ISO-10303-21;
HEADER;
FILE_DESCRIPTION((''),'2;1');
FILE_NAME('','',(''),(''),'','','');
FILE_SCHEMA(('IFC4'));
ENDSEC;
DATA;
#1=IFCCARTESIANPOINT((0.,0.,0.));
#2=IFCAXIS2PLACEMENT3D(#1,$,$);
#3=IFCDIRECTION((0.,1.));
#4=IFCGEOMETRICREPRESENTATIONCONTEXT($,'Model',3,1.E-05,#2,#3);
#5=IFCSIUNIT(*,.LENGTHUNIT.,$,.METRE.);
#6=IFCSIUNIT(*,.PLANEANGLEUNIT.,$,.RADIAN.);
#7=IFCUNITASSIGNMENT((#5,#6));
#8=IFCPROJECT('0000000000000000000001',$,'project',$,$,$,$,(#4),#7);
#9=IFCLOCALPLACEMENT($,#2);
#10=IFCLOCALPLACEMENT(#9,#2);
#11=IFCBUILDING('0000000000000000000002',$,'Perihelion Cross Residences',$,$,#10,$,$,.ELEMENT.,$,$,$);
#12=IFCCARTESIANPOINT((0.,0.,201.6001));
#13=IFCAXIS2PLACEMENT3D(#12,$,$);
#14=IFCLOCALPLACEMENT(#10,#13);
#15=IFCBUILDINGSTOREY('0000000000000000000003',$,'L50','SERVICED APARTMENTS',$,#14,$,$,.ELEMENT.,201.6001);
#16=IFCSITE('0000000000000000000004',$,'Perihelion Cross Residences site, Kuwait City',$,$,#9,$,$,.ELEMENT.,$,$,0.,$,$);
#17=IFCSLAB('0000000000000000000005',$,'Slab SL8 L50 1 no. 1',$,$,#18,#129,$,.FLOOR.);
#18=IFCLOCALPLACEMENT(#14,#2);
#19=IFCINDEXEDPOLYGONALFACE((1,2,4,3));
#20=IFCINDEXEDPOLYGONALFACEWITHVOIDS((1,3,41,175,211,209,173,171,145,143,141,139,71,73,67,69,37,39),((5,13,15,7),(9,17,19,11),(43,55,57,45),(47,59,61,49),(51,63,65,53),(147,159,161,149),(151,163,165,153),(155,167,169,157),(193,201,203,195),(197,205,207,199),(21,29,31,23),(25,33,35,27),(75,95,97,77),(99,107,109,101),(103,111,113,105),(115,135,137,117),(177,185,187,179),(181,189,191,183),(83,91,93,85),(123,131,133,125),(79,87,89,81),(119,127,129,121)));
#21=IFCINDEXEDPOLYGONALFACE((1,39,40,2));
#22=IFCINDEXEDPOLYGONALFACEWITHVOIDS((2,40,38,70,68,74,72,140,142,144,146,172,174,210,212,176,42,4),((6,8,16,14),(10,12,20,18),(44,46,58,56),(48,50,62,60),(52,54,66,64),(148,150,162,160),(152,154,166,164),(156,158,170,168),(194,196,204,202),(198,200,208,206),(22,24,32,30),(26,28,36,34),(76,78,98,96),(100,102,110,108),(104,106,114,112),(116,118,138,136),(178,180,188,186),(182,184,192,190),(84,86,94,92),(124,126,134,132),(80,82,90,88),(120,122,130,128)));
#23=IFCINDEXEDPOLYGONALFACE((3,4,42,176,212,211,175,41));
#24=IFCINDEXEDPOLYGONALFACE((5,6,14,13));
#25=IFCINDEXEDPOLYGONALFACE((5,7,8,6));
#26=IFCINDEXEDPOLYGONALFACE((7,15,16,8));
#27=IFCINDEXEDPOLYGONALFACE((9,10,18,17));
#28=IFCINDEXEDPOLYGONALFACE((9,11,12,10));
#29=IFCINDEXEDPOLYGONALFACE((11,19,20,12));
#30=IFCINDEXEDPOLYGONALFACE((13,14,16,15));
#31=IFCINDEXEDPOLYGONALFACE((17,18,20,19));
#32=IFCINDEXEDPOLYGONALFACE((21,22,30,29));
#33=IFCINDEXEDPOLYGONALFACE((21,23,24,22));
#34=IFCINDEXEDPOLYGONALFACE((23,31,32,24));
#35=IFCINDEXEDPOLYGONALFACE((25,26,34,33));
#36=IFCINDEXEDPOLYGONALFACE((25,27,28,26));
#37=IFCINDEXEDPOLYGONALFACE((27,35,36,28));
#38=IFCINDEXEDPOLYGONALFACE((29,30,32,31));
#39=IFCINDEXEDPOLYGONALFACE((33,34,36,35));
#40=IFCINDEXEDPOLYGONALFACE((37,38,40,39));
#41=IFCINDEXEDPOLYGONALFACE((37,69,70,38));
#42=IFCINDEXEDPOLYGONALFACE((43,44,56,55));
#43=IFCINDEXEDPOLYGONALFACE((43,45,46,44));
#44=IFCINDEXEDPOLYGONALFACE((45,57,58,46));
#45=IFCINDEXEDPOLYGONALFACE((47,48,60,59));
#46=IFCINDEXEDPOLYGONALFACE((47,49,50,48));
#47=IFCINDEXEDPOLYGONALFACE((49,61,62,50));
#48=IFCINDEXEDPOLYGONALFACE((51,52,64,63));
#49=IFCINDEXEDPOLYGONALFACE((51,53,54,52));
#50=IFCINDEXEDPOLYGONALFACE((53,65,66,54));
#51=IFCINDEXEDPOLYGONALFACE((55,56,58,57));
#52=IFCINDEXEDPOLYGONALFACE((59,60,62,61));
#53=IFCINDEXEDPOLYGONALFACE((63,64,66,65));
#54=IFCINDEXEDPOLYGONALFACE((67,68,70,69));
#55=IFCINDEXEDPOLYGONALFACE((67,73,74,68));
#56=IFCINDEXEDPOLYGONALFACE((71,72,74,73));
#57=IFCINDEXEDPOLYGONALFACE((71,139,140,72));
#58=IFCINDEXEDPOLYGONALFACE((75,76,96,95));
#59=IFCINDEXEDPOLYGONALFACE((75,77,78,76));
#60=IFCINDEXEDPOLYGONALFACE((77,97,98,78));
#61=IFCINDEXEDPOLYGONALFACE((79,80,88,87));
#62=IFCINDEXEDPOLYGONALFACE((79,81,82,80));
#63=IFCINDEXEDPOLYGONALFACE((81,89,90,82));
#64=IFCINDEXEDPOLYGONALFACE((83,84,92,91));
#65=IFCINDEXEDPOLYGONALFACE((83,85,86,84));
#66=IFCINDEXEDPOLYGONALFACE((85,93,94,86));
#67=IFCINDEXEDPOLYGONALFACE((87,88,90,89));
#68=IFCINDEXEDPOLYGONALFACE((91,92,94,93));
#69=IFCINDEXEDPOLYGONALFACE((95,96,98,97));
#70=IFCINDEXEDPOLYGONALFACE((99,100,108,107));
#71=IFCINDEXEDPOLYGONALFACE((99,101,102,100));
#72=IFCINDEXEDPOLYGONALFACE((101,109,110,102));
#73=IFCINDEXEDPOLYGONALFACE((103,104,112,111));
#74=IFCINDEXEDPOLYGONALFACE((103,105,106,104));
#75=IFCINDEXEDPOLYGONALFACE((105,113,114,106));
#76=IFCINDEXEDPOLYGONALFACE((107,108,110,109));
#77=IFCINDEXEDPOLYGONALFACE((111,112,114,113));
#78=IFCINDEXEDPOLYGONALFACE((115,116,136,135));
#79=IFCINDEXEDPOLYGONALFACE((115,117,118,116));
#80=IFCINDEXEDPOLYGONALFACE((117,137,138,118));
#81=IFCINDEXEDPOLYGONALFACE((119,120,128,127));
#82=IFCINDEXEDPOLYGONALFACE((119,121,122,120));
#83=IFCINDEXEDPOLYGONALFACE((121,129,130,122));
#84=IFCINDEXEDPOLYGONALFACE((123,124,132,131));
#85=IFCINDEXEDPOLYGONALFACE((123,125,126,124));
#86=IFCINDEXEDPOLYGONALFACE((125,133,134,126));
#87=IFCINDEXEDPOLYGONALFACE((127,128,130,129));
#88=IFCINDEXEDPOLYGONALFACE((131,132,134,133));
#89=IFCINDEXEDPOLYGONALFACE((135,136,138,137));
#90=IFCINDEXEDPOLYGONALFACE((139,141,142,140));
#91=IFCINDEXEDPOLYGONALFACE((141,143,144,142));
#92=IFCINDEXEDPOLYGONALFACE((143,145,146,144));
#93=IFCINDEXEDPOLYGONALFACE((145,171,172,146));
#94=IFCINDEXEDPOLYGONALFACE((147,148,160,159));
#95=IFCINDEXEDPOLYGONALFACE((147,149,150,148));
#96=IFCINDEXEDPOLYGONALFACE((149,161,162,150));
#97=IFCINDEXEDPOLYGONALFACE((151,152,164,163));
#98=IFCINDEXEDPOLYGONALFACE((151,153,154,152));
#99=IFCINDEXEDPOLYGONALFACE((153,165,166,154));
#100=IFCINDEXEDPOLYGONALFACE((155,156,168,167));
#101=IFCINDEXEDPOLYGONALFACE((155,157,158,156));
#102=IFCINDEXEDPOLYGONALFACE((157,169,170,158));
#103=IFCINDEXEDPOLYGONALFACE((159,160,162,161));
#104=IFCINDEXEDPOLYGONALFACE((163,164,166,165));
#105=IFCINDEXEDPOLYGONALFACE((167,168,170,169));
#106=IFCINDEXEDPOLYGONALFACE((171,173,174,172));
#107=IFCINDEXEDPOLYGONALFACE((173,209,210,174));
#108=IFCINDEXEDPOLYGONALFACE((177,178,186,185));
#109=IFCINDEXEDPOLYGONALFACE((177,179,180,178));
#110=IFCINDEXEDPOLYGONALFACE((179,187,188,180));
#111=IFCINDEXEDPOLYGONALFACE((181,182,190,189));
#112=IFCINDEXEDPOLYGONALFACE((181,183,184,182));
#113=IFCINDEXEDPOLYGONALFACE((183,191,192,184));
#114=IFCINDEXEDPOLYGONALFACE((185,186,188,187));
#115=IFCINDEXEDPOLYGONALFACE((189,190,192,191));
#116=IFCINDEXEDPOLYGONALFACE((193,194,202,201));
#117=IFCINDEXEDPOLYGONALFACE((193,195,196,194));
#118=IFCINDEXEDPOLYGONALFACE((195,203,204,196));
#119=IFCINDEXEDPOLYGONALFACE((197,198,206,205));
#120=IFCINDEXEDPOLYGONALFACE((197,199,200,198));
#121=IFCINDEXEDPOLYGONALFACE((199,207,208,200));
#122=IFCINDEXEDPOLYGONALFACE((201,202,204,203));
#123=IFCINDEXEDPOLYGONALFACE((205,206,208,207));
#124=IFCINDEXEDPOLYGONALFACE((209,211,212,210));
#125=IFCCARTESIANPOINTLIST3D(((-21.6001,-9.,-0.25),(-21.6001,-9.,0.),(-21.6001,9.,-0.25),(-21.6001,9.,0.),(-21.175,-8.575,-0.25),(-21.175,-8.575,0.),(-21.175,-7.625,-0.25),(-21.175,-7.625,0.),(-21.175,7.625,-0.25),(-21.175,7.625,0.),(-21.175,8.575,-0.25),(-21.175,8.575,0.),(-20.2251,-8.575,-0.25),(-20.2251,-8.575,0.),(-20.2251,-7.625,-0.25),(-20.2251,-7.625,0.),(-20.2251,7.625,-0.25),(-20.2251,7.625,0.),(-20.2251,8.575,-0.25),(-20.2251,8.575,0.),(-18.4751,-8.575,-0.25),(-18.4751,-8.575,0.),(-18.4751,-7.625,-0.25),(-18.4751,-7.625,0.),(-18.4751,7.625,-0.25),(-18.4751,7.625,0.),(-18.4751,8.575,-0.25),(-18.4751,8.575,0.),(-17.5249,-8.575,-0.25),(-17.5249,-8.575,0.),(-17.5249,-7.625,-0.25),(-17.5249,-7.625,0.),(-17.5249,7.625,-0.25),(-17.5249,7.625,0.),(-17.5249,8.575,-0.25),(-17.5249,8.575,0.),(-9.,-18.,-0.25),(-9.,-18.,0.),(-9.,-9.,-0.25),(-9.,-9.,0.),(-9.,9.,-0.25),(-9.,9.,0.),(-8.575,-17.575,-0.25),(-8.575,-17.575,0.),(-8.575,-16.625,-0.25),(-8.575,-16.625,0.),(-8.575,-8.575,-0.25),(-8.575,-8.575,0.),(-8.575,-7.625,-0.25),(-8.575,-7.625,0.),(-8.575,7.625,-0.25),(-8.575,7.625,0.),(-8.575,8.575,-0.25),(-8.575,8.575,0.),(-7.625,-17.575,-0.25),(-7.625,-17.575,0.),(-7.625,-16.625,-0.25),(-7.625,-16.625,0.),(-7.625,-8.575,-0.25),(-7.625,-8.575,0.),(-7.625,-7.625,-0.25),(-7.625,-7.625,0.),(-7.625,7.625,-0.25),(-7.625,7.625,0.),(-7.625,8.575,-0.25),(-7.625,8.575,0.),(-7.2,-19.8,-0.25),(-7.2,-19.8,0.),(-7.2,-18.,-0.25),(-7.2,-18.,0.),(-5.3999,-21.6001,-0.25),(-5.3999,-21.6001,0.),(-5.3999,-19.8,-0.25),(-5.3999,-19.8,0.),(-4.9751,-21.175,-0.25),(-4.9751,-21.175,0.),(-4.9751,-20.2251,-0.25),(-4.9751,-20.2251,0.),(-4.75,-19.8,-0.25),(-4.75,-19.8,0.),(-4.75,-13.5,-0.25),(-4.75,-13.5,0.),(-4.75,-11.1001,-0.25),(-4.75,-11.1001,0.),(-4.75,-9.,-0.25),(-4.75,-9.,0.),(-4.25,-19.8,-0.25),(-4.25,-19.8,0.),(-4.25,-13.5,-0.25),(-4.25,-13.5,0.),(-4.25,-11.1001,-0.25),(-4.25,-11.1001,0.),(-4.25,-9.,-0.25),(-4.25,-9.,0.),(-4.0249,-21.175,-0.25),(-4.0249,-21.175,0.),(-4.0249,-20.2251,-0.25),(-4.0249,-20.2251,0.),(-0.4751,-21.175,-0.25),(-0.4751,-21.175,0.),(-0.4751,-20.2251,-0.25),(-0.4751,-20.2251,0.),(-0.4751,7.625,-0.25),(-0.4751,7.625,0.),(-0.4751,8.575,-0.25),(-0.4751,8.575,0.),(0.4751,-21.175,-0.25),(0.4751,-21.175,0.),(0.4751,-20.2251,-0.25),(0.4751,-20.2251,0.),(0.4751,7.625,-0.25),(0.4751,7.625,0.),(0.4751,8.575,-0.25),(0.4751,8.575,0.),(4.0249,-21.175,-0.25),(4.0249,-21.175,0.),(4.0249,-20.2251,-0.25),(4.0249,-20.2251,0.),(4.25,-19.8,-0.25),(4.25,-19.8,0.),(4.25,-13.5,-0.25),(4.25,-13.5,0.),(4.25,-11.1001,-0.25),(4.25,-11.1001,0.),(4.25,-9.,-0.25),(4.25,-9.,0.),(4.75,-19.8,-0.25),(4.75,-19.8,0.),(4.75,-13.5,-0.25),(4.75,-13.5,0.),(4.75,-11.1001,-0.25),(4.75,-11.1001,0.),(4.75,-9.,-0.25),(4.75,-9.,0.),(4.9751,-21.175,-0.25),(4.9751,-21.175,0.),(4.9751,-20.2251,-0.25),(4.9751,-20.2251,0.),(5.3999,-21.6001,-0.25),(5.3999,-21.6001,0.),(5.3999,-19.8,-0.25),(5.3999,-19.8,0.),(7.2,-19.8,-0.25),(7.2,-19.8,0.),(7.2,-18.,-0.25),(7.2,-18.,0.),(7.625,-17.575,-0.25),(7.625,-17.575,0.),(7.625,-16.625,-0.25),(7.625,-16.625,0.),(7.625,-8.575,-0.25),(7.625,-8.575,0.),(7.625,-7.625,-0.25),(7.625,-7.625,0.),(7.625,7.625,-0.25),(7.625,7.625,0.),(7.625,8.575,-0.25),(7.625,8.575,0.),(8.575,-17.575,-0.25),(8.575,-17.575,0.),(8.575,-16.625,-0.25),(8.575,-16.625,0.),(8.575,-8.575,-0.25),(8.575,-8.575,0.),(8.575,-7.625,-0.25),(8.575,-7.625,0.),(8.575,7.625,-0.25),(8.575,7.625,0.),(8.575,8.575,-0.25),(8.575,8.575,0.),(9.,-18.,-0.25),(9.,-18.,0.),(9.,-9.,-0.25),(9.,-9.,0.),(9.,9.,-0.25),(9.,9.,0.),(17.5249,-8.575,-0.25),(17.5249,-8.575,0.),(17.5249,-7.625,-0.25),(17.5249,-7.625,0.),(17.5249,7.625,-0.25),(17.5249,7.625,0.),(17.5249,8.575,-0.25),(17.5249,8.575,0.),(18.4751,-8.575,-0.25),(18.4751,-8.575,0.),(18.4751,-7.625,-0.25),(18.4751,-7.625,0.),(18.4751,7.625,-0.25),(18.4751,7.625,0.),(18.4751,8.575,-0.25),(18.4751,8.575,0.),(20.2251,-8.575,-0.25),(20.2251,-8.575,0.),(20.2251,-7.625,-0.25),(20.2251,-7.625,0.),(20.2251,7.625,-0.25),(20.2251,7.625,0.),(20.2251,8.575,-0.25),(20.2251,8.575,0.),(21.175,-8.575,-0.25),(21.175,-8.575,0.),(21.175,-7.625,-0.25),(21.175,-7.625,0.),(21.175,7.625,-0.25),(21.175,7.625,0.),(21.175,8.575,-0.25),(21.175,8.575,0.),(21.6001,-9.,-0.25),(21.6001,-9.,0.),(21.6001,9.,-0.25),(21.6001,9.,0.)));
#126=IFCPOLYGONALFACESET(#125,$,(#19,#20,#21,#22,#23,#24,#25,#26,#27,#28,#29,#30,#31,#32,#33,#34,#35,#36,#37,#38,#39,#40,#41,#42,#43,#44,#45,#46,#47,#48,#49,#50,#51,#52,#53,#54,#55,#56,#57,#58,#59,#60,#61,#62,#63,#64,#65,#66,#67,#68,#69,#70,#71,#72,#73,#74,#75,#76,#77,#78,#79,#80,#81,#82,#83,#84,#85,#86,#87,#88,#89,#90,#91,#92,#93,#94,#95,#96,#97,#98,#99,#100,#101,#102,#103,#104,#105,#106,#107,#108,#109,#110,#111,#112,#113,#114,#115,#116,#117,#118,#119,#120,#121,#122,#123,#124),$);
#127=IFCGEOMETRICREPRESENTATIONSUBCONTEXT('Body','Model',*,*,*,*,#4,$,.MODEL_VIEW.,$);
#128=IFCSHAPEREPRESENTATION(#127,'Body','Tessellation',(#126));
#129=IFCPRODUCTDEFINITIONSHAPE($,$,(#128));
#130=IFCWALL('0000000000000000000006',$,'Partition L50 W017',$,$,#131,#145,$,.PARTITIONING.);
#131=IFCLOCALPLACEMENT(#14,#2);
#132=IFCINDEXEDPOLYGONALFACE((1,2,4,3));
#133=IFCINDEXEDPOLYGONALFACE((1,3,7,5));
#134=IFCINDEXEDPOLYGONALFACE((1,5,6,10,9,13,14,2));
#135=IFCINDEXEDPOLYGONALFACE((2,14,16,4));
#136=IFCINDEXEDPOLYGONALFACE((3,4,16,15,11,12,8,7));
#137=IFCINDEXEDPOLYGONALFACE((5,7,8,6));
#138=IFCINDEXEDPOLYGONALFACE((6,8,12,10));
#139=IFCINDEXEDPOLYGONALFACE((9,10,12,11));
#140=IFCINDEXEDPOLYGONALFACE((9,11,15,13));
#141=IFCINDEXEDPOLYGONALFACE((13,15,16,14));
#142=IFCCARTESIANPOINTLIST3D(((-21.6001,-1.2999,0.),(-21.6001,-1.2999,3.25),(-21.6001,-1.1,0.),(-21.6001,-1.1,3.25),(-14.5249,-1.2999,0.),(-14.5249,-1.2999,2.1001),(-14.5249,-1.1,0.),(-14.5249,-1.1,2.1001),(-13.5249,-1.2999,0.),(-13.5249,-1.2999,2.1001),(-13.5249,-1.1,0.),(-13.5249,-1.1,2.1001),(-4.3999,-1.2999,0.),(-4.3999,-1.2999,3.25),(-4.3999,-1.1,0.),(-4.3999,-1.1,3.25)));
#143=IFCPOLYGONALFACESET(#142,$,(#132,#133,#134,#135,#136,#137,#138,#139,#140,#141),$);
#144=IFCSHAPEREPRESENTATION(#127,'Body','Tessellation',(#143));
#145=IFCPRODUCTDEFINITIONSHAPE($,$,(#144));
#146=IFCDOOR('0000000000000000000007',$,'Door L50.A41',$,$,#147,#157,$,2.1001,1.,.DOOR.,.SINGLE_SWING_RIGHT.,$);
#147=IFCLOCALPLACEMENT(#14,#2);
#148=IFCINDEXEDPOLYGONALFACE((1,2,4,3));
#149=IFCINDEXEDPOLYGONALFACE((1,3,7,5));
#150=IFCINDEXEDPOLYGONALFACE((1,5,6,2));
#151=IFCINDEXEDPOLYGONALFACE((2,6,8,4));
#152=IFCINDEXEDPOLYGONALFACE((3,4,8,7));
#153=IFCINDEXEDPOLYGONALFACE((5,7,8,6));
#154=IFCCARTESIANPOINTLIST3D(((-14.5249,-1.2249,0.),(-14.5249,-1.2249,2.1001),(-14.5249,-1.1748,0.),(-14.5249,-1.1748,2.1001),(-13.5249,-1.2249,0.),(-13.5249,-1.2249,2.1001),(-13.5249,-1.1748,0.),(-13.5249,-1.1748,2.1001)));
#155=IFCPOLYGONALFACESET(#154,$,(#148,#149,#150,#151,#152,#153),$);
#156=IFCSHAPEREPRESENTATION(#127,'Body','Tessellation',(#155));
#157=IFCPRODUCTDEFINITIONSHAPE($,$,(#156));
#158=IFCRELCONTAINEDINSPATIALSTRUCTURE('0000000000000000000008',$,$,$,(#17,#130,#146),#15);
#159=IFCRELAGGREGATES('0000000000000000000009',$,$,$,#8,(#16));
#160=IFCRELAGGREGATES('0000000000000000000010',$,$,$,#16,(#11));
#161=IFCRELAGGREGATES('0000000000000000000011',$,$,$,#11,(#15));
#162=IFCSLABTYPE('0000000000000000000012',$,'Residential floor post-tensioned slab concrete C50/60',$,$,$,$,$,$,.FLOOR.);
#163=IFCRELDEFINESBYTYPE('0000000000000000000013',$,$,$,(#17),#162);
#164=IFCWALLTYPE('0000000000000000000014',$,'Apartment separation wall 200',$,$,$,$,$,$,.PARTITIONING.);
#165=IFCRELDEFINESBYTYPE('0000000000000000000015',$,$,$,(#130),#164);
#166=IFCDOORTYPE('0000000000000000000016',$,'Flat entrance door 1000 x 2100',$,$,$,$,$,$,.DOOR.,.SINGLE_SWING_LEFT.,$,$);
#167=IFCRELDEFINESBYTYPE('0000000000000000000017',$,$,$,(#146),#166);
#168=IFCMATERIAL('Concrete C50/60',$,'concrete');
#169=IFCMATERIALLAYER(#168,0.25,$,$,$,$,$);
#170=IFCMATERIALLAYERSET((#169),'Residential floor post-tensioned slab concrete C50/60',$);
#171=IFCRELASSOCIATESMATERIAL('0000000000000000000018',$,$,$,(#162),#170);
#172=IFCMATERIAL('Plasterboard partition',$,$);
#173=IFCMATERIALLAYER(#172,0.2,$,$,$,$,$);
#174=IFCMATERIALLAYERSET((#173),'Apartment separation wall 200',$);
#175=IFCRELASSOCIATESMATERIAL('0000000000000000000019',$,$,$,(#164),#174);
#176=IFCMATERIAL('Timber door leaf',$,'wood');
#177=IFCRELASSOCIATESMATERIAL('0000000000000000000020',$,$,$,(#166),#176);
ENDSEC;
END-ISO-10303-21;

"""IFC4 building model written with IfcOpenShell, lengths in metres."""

from ifc_helpers import new_model, si_unit, direction, frame, frame_2d, origin, place, context, subcontext, project, spatial, polyline, rectangle, outline, extrude, material, layer, layer_set, type_object, element, fill, save


model = new_model("IFC4")

# Units and contexts
model_context = context("Model", 3, precision=1e-05, world=origin(), true_north=direction((0.0, 1.0)))
body_context = subcontext(model_context, "Body", "Model", "MODEL_VIEW")
ifc_project = project(units=[si_unit("LENGTHUNIT", "METRE"), si_unit("PLANEANGLEUNIT", "RADIAN")], contexts=[model_context])

# Site, building, storey
site_placement = place(None, origin())
site = spatial("IfcSite", under=ifc_project, at=site_placement, Name="Perihelion Cross Residences site, Kuwait City", CompositionType="ELEMENT", RefElevation=0.0)
building_placement = place(site_placement, origin())
building = spatial("IfcBuilding", under=site, at=building_placement, Name="Perihelion Cross Residences", CompositionType="ELEMENT")
storey_placement = place(building_placement, frame((0.0, 0.0, 201.6001)))
storey = spatial("IfcBuildingStorey", under=building, at=storey_placement, Name="L50", Description="SERVICED APARTMENTS", CompositionType="ELEMENT", Elevation=201.6001)

# Slab
ifc_material_1 = material(Name="Concrete C50/60", Category="concrete")
ifc_layer_1 = layer(ifc_material_1, 0.25)
ifc_layer_set_1 = layer_set([ifc_layer_1], Name="Residential floor post-tensioned slab concrete C50/60")
slab_type_1 = type_object("IfcSlabType", Name="Residential floor post-tensioned slab concrete C50/60", PredefinedType="FLOOR", material=ifc_layer_set_1)
slab_1_placement = place(storey_placement, frame((0.0, 0.0, -0.25)))
element("IfcSlab", 1, at=slab_1_placement, inside=storey, type_object=slab_type_1, Name="Slab SL8 L50 1 no. 1", PredefinedType="FLOOR", context=body_context, shape_type="SweptSolid", body=[
    extrude(outline(polyline([(-9.0, 9.0), (9.0, 9.0), (21.6001, 9.0), (21.6001, -9.0), (9.0, -9.0), (9.0, -18.0), (7.2, -18.0), (7.2, -19.8), (5.3999, -19.8), (5.3999, -21.6001), (-5.3999, -21.6001), (-5.3999, -19.8), (-7.2, -19.8), (-7.2, -18.0), (-9.0, -18.0), (-9.0, -9.0), (-21.6001, -9.0), (-21.6001, 9.0), (-9.0, 9.0)]), holes=[polyline([(-4.0249, -20.2251), (-4.9751, -20.2251), (-4.9751, -21.175), (-4.0249, -21.175), (-4.0249, -20.2251)]), polyline([(0.4751, -21.175), (0.4751, -20.2251), (-0.4751, -20.2251), (-0.4751, -21.175), (0.4751, -21.175)]), polyline([(-7.625, -17.575), (-7.625, -16.625), (-8.575, -16.625), (-8.575, -17.575), (-7.625, -17.575)]), polyline([(-4.25, -13.5), (-4.75, -13.5), (-4.75, -19.8), (-4.25, -19.8), (-4.25, -13.5)]), polyline([(-4.25, -11.1001), (-4.25, -9.0), (-4.75, -9.0), (-4.75, -11.1001), (-4.25, -11.1001)]), polyline([(-20.2251, -8.575), (-20.2251, -7.625), (-21.175, -7.625), (-21.175, -8.575), (-20.2251, -8.575)]), polyline([(-17.5249, -7.625), (-18.4751, -7.625), (-18.4751, -8.575), (-17.5249, -8.575), (-17.5249, -7.625)]), polyline([(-7.625, -8.575), (-7.625, -7.625), (-8.575, -7.625), (-8.575, -8.575), (-7.625, -8.575)]), polyline([(-20.2251, 8.575), (-21.175, 8.575), (-21.175, 7.625), (-20.2251, 7.625), (-20.2251, 8.575)]), polyline([(-17.5249, 7.625), (-17.5249, 8.575), (-18.4751, 8.575), (-18.4751, 7.625), (-17.5249, 7.625)]), polyline([(-7.625, 7.625), (-7.625, 8.575), (-8.575, 8.575), (-8.575, 7.625), (-7.625, 7.625)]), polyline([(4.9751, -20.2251), (4.0249, -20.2251), (4.0249, -21.175), (4.9751, -21.175), (4.9751, -20.2251)]), polyline([(8.575, -17.575), (8.575, -16.625), (7.625, -16.625), (7.625, -17.575), (8.575, -17.575)]), polyline([(4.75, -19.8), (4.75, -13.5), (4.25, -13.5), (4.25, -19.8), (4.75, -19.8)]), polyline([(4.75, -9.0), (4.25, -9.0), (4.25, -11.1001), (4.75, -11.1001), (4.75, -9.0)]), polyline([(8.575, -8.575), (8.575, -7.625), (7.625, -7.625), (7.625, -8.575), (8.575, -8.575)]), polyline([(18.4751, -8.575), (18.4751, -7.625), (17.5249, -7.625), (17.5249, -8.575), (18.4751, -8.575)]), polyline([(21.175, -7.625), (20.2251, -7.625), (20.2251, -8.575), (21.175, -8.575), (21.175, -7.625)]), polyline([(0.4751, 7.625), (0.4751, 8.575), (-0.4751, 8.575), (-0.4751, 7.625), (0.4751, 7.625)]), polyline([(8.575, 8.575), (7.625, 8.575), (7.625, 7.625), (8.575, 7.625), (8.575, 8.575)]), polyline([(18.4751, 7.625), (18.4751, 8.575), (17.5249, 8.575), (17.5249, 7.625), (18.4751, 7.625)]), polyline([(21.175, 7.625), (21.175, 8.575), (20.2251, 8.575), (20.2251, 7.625), (21.175, 7.625)])]), origin(), (0.0, 0.0, 1.0), 0.25),
])

# Wall, opening, door
ifc_material_2 = material(Name="Plasterboard partition")
ifc_layer_2 = layer(ifc_material_2, 0.2)
ifc_layer_set_2 = layer_set([ifc_layer_2], Name="Apartment separation wall 200")
wall_type_1 = type_object("IfcWallType", Name="Apartment separation wall 200", PredefinedType="PARTITIONING", material=ifc_layer_set_2)
wall_1_placement = place(storey_placement, frame((-4.3999, -1.2, 0.0), z_axis=(0.0, 0.0, 1.0), x_axis=(-1.0, 0.0, 0.0)))
wall_1 = element("IfcWall", 2, at=wall_1_placement, inside=storey, type_object=wall_type_1, Name="Partition L50 W017", PredefinedType="PARTITIONING", context=body_context, shape_type="SweptSolid", body=[
    extrude(rectangle(XDim=17.2002, YDim=0.2, at=frame_2d((8.6001, 0.0))), origin(), (0.0, 0.0, 1.0), 3.25),
])
opening_1_placement = place(wall_1_placement, frame((9.125, 0.0, 0.0)))
opening_1 = element("IfcOpeningElement", 3, at=opening_1_placement, cuts=wall_1, PredefinedType="OPENING", context=body_context, shape_type="SweptSolid", body=[
    extrude(rectangle(XDim=1.0, YDim=2.1001, at=frame_2d((0.5, 1.05))), frame((0.0, 0.1099, 0.0), z_axis=(0.0, -1.0, 0.0), x_axis=(1.0, 0.0, 0.0)), (0.0, 0.0, 1.0), 0.22),
])
ifc_material_3 = material(Name="Timber door leaf", Category="wood")
door_type_1 = type_object("IfcDoorType", Name="Flat entrance door 1000 x 2100", OperationType="SINGLE_SWING_LEFT", PredefinedType="DOOR", material=ifc_material_3)
door_1_placement = place(opening_1_placement, origin())
door_1 = element("IfcDoor", 4, at=door_1_placement, inside=storey, type_object=door_type_1, Name="Door L50.A41", OperationType="SINGLE_SWING_RIGHT", OverallHeight=2.1001, OverallWidth=1.0, PredefinedType="DOOR", context=body_context, shape_type="SweptSolid", body=[
    extrude(rectangle(XDim=1.0, YDim=2.1001, at=frame_2d((0.5, 1.05))), frame((0.0, 0.0249, 0.0), z_axis=(0.0, -1.0, 0.0), x_axis=(1.0, 0.0, 0.0)), (0.0, 0.0, 1.0), 0.05),
])
fill(opening_1, door_1)

save(model, "model.ifc")
